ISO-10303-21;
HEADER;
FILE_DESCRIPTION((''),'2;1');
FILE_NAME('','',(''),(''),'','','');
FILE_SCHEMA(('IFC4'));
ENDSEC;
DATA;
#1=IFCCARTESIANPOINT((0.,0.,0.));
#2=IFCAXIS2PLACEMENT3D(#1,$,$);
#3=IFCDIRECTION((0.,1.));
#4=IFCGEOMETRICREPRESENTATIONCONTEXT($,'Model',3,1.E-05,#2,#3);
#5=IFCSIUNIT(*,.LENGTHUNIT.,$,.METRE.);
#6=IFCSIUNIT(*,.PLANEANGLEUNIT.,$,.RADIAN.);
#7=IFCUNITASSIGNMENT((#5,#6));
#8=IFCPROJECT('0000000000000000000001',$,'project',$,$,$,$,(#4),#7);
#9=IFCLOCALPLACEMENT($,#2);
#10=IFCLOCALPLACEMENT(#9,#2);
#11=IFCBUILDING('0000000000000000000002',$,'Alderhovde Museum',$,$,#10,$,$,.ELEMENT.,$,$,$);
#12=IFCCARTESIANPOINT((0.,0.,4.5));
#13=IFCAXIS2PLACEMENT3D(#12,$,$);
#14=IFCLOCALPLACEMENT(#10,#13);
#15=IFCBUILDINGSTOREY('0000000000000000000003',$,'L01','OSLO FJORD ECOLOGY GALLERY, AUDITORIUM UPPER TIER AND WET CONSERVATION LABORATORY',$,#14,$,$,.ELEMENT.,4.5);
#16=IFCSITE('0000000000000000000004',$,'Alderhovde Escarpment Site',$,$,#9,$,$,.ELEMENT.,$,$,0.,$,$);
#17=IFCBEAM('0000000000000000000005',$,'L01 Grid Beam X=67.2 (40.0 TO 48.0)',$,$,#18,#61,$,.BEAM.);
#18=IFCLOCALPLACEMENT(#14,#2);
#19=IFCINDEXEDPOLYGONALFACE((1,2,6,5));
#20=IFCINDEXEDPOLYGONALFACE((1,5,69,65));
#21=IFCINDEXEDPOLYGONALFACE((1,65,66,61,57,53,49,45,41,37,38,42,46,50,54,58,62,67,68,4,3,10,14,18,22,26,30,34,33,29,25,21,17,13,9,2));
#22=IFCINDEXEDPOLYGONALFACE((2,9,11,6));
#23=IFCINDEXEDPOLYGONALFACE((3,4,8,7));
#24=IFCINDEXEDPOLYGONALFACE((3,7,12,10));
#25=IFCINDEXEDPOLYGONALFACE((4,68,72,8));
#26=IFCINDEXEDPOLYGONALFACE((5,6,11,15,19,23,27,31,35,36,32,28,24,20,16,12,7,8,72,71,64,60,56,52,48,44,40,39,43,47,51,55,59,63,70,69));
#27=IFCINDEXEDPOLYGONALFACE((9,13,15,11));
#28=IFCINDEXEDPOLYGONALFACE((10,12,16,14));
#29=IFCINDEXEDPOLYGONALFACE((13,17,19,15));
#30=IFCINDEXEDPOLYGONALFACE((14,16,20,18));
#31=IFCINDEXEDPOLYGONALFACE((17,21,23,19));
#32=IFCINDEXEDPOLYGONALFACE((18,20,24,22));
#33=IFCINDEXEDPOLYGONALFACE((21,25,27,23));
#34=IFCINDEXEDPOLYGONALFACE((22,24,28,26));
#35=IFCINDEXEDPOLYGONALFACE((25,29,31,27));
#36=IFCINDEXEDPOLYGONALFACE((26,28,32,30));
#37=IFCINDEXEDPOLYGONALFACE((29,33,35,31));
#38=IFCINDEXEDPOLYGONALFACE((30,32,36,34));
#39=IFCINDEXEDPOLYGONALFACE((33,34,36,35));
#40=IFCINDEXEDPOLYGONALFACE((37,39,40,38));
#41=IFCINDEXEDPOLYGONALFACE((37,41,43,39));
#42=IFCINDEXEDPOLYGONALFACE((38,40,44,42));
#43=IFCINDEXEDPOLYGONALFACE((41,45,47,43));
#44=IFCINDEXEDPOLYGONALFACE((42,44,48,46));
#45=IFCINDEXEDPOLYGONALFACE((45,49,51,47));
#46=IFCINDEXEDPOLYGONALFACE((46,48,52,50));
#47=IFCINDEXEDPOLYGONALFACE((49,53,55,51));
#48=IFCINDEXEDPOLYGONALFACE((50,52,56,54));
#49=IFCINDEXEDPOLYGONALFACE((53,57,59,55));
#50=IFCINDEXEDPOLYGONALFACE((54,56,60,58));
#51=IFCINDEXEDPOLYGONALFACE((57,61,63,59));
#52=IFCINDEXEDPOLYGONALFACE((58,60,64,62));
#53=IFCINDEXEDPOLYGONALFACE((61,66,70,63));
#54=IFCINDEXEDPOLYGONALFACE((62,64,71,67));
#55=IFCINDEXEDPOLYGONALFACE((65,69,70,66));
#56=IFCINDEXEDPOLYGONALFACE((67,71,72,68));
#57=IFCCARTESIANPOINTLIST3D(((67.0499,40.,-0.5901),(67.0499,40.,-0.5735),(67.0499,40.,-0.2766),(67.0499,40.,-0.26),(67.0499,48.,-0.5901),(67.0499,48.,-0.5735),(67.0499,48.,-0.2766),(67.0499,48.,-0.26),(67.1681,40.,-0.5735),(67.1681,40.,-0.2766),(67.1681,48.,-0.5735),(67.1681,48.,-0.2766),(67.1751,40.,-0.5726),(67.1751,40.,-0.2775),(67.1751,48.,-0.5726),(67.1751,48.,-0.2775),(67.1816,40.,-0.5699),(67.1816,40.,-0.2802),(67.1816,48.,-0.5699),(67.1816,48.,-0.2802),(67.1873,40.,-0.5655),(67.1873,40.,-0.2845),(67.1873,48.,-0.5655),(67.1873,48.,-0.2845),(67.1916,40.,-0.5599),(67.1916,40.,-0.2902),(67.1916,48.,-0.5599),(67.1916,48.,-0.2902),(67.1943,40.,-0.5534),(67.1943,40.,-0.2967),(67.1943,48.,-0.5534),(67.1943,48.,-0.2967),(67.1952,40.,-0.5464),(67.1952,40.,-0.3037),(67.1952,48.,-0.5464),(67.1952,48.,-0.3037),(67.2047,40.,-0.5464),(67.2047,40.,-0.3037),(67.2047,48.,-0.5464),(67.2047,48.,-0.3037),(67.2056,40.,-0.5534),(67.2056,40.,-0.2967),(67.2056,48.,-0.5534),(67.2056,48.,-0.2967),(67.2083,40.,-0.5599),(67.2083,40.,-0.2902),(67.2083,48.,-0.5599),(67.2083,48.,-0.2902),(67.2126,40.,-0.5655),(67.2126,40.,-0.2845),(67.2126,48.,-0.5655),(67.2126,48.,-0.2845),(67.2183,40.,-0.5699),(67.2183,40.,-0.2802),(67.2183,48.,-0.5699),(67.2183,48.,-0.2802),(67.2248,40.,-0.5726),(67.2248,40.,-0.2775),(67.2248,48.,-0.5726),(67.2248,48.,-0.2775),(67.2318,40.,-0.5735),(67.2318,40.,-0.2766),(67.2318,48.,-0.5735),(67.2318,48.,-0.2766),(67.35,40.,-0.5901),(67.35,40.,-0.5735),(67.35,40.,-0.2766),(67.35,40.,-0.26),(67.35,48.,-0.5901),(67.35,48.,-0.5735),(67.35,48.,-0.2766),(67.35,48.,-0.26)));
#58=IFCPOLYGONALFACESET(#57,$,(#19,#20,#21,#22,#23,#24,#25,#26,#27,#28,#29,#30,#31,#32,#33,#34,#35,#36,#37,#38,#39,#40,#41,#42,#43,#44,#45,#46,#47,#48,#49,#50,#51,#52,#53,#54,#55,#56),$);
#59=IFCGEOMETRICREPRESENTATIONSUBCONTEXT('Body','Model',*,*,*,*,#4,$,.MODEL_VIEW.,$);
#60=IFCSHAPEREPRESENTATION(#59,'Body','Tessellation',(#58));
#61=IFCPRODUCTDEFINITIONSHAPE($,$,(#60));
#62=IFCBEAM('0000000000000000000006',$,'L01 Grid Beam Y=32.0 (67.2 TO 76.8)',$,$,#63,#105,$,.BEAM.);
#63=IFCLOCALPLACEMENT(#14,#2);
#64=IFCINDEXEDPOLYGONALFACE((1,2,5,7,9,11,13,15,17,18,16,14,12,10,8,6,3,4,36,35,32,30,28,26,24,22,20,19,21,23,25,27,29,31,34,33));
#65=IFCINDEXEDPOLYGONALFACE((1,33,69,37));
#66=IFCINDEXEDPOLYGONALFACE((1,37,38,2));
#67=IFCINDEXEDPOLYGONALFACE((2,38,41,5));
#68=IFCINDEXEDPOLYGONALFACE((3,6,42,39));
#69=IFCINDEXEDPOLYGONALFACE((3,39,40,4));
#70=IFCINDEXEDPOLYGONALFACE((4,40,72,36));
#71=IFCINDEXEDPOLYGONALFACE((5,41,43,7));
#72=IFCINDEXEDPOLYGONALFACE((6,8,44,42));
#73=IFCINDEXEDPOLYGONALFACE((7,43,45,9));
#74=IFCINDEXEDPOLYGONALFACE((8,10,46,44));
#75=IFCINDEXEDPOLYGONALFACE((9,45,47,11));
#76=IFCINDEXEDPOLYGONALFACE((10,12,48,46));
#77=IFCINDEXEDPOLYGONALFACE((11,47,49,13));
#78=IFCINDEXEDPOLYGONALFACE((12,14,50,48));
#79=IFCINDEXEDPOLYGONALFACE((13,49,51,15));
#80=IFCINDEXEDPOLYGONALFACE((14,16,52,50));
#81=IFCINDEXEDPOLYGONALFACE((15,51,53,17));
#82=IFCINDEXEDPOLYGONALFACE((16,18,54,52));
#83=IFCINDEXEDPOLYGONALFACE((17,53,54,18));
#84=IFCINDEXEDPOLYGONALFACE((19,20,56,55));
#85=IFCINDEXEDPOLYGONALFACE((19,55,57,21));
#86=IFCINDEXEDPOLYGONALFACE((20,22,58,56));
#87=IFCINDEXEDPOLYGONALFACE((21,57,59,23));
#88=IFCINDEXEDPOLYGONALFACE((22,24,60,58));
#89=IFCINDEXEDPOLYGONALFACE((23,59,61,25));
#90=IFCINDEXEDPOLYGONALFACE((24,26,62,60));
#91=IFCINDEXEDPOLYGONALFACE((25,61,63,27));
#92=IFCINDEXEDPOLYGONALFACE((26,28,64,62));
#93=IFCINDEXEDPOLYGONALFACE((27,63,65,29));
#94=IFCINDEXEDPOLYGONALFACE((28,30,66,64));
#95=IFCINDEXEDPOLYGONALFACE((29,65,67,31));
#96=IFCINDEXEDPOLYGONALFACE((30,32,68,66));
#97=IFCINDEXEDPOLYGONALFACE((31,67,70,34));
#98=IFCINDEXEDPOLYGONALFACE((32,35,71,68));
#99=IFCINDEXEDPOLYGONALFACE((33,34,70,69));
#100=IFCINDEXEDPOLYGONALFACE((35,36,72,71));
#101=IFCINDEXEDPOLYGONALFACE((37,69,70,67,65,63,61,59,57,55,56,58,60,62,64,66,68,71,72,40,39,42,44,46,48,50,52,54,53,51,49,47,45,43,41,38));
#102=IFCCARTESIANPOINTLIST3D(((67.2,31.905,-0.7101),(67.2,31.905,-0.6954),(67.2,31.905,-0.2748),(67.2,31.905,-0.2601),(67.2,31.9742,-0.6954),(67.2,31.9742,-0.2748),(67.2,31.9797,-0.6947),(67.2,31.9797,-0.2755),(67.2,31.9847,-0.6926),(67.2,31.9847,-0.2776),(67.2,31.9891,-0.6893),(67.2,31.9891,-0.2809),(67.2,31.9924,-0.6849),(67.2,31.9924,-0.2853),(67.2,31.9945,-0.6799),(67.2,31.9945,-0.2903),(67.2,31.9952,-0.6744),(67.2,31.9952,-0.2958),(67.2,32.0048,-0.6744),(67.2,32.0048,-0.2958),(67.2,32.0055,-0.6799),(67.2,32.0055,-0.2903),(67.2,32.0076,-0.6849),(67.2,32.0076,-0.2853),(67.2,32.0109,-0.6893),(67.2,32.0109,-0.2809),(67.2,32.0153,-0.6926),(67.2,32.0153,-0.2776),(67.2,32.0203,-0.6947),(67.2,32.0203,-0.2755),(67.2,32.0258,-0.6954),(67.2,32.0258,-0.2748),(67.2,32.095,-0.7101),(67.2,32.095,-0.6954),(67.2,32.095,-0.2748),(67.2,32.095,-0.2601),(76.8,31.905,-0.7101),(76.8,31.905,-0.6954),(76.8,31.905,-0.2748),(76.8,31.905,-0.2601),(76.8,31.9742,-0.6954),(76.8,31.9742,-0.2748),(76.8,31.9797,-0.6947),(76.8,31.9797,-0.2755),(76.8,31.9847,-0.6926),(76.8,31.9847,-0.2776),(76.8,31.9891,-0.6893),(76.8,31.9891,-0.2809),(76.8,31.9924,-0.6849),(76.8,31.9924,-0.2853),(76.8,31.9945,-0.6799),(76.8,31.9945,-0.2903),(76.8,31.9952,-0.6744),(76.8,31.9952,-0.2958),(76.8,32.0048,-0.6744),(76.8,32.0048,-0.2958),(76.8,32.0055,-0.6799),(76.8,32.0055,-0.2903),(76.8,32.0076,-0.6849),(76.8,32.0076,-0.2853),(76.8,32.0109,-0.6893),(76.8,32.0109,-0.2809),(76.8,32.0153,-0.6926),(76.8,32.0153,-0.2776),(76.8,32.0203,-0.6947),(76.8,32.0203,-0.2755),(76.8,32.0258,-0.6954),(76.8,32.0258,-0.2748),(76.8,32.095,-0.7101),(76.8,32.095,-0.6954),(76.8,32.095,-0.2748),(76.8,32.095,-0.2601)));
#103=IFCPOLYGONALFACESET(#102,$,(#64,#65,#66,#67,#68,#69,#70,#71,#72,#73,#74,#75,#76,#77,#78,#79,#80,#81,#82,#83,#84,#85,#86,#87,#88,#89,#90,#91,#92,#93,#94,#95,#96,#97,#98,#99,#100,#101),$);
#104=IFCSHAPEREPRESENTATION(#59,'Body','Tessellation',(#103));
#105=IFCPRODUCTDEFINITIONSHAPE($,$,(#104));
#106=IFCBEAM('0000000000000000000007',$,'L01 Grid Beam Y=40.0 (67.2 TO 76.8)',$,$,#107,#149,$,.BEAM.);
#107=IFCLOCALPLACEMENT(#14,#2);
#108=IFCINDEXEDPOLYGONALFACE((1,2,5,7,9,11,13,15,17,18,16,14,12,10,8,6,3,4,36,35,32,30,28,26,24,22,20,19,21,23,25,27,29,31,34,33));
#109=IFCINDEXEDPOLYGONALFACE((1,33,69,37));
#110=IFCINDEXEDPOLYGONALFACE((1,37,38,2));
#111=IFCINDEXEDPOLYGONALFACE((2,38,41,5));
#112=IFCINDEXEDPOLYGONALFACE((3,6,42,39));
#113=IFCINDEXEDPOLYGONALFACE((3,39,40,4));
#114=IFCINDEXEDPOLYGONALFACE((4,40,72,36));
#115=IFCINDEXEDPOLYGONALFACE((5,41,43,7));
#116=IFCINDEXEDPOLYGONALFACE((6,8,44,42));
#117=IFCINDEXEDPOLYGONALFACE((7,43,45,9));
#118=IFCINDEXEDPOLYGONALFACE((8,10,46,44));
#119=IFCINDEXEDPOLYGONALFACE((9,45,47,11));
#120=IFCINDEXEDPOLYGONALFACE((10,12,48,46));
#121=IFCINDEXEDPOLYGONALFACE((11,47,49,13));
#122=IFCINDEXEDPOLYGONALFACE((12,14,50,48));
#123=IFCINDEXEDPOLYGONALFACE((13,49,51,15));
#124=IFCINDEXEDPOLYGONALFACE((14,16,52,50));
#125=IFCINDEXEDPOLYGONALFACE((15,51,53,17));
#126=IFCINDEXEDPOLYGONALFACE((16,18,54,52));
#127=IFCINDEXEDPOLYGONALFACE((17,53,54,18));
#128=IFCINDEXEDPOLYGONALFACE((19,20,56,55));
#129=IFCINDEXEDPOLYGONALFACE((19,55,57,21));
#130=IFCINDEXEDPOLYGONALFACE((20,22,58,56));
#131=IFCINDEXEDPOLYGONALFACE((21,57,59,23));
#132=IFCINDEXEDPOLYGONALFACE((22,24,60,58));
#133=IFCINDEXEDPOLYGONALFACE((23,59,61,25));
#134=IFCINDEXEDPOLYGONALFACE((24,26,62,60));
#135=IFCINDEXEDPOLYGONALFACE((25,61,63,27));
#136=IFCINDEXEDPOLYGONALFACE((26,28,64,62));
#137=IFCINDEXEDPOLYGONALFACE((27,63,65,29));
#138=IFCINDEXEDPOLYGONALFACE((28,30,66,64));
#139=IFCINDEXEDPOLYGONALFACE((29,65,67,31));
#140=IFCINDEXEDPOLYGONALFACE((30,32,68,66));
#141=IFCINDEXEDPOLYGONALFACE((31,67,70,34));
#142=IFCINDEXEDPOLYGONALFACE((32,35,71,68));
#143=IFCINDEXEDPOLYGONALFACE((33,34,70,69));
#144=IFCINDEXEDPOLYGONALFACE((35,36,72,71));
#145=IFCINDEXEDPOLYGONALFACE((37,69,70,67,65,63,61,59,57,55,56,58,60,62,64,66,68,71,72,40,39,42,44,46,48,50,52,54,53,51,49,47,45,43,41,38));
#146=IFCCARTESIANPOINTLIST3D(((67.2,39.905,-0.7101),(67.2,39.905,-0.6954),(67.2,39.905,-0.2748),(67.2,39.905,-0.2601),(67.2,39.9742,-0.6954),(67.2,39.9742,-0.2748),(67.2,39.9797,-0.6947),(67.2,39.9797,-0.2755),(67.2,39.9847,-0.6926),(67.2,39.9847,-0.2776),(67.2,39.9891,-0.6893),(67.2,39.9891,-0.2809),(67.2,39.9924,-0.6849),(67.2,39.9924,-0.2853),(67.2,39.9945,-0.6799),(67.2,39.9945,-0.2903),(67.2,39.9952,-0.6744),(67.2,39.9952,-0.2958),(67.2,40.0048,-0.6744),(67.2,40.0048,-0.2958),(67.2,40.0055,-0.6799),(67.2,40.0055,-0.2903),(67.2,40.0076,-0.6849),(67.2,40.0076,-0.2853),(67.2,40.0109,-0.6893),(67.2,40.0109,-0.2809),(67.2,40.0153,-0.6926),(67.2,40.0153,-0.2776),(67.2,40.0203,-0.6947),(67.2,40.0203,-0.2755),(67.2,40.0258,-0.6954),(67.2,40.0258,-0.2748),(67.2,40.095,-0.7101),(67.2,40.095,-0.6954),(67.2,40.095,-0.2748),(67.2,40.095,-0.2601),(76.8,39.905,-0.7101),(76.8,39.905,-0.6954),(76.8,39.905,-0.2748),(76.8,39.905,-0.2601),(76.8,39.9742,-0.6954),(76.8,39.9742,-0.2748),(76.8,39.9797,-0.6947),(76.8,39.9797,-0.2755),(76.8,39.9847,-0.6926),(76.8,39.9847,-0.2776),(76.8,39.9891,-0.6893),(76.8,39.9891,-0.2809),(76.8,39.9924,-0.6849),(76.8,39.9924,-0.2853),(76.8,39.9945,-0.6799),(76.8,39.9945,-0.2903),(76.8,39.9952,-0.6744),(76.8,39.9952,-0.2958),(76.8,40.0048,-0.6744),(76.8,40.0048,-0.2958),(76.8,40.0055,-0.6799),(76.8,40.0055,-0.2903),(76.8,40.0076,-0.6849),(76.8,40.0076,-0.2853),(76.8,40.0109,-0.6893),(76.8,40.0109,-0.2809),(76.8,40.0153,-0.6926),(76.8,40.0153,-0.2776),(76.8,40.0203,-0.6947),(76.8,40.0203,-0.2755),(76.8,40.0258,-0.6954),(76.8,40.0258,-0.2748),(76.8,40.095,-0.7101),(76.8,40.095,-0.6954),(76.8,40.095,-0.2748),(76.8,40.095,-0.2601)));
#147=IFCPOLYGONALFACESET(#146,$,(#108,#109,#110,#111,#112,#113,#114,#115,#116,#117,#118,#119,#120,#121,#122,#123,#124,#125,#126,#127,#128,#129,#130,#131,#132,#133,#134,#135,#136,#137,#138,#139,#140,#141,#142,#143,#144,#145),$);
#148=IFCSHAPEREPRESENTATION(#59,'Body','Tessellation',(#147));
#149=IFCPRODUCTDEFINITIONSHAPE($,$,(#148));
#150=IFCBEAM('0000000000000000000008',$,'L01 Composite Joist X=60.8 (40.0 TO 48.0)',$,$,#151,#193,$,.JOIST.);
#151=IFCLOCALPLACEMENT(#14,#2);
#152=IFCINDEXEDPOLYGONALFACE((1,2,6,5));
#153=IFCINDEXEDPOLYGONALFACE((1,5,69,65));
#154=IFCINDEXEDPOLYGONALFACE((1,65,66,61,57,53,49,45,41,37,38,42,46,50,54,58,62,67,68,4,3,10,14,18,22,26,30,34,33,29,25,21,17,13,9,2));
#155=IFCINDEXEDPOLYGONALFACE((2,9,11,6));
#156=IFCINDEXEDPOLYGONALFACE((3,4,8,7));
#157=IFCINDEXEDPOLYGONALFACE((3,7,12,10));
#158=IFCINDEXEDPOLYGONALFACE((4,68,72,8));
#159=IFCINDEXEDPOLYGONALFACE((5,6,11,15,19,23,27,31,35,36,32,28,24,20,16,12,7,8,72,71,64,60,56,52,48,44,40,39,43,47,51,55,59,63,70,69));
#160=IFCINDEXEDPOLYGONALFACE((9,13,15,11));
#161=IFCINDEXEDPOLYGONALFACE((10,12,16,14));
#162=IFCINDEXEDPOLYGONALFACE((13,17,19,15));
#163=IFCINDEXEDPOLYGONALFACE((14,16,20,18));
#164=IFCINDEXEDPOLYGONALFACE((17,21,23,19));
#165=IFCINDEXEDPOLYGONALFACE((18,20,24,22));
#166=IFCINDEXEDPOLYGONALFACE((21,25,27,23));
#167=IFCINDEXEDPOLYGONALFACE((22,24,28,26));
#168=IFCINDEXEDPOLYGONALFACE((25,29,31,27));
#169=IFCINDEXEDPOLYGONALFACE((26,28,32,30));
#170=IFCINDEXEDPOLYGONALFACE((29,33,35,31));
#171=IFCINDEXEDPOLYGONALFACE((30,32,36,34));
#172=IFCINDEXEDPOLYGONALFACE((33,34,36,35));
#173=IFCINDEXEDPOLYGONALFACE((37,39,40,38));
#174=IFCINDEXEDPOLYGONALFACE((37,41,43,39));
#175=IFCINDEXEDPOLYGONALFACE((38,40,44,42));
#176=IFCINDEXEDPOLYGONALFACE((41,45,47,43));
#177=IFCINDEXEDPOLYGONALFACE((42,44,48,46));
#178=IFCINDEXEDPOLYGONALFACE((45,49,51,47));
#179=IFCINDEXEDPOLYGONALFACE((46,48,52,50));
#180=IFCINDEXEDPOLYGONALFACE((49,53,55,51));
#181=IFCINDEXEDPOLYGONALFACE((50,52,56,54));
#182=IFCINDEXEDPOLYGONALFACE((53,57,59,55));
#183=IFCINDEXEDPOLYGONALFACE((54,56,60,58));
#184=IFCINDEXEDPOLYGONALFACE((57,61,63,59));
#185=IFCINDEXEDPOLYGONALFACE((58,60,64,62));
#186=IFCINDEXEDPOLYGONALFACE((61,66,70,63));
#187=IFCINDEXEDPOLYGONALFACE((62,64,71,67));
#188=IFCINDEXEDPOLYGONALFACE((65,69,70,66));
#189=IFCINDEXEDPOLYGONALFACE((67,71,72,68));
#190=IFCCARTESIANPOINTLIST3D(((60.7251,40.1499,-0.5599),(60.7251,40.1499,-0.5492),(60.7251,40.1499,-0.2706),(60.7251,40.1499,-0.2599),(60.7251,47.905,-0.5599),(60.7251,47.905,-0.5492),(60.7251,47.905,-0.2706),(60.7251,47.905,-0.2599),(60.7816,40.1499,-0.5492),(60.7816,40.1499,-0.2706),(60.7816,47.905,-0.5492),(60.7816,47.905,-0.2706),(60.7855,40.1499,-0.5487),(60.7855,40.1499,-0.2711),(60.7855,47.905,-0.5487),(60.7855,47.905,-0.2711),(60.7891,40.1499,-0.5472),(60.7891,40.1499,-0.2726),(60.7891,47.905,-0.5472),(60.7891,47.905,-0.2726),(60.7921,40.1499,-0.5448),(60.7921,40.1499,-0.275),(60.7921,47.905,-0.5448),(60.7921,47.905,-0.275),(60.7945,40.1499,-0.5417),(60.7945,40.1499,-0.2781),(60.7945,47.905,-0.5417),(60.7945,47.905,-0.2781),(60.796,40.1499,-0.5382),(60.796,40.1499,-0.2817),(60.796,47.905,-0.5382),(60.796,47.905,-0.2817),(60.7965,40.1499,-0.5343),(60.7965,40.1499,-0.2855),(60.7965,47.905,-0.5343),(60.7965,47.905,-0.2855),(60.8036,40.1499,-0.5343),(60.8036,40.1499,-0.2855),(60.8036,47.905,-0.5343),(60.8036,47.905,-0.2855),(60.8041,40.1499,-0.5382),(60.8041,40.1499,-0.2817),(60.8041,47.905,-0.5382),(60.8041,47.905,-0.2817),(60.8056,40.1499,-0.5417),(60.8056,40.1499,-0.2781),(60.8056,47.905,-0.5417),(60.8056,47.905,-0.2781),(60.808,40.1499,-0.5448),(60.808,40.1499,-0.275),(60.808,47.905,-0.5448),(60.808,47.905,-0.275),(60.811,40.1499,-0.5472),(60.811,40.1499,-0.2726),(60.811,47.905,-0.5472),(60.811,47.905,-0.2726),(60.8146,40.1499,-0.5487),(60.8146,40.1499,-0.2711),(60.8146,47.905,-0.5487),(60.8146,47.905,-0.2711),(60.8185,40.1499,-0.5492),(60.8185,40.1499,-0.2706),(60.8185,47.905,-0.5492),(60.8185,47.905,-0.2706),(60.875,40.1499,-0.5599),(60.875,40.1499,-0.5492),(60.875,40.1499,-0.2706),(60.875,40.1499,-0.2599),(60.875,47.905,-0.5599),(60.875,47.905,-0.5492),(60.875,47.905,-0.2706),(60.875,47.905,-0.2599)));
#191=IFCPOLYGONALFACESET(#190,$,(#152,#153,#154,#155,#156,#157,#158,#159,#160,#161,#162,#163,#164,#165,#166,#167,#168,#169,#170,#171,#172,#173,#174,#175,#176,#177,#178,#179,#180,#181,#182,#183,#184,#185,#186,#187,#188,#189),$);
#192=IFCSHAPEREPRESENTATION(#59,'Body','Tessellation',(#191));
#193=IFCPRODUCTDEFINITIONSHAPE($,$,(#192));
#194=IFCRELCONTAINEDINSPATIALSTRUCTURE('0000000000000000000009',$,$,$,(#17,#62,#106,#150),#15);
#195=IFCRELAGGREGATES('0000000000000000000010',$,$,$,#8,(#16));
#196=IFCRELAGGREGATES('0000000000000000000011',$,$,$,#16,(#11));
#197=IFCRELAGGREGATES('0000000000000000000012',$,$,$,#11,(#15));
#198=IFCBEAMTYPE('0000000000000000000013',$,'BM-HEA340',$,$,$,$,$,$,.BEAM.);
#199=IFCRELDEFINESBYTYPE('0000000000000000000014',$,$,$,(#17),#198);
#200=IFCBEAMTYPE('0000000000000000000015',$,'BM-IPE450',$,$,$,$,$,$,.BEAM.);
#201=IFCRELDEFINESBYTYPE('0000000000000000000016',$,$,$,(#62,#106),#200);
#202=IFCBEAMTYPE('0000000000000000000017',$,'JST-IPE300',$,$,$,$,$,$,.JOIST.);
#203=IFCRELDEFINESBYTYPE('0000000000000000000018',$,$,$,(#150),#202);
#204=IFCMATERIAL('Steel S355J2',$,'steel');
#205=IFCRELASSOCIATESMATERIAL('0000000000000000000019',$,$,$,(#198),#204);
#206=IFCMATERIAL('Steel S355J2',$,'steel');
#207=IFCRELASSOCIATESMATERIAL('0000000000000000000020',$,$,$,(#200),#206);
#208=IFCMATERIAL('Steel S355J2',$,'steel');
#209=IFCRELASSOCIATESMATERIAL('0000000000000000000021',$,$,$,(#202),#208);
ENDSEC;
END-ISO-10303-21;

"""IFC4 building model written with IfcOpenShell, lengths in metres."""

from ifc_helpers import new_model, si_unit, direction, frame, origin, origin_2d, place, context, subcontext, project, spatial, i_section, extrude, material, material_profile, profile_set, type_object, element, save


model = new_model("IFC4")

# Units and contexts
model_context = context("Model", 3, precision=1e-05, world=origin(), true_north=direction((0.0, 1.0)))
body_context = subcontext(model_context, "Body", "Model", "MODEL_VIEW")
ifc_project = project(units=[si_unit("LENGTHUNIT", "METRE"), si_unit("PLANEANGLEUNIT", "RADIAN")], contexts=[model_context])

# Site, building, storey
site_placement = place(None, origin())
site = spatial("IfcSite", under=ifc_project, at=site_placement, Name="Alderhovde Escarpment Site", CompositionType="ELEMENT", RefElevation=0.0)
building_placement = place(site_placement, origin())
building = spatial("IfcBuilding", under=site, at=building_placement, Name="Alderhovde Museum", CompositionType="ELEMENT")
storey_placement = place(building_placement, frame((0.0, 0.0, 4.5)))
storey = spatial("IfcBuildingStorey", under=building, at=storey_placement, Name="L01", Description="OSLO FJORD ECOLOGY GALLERY, AUDITORIUM UPPER TIER AND WET CONSERVATION LABORATORY", CompositionType="ELEMENT", Elevation=4.5)

# Beams
ifc_material_1 = material(Name="Steel S355J2", Category="steel")
ifc_material_profile_1 = material_profile(ifc_material_1, i_section(OverallWidth=0.3, OverallDepth=0.3301, WebThickness=0.0095, FlangeThickness=0.0166, FilletRadius=0.0271, at=origin_2d()), Name="HEA 340")
ifc_profile_set_1 = profile_set([ifc_material_profile_1], Name="Steel S355J2")
beam_type_1 = type_object("IfcBeamType", Name="BM-HEA340", PredefinedType="BEAM", material=ifc_profile_set_1)
for number, where, z_axis, x_axis, name in (
    (1, (67.2, 40.0, -0.425), (0.0, 1.0, 0.0), (-1.0, 0.0, 0.0), "L01 Grid Beam X=67.2 (40.0 TO 48.0)"),
):
    element("IfcBeam", number, at=place(storey_placement, frame(where, z_axis=z_axis, x_axis=x_axis)), inside=storey, type_object=beam_type_1, Name=name, PredefinedType="BEAM", context=body_context, shape_type="SweptSolid", body=[
        extrude(i_section(OverallWidth=0.3, OverallDepth=0.3301, WebThickness=0.0095, FlangeThickness=0.0166, FilletRadius=0.0271, at=origin_2d()), origin(), (0.0, 0.0, 1.0), 8.0),
    ])
ifc_material_2 = material(Name="Steel S355J2", Category="steel")
ifc_material_profile_2 = material_profile(ifc_material_2, i_section(OverallWidth=0.1899, OverallDepth=0.45, WebThickness=0.0095, FlangeThickness=0.0146, FilletRadius=0.021, at=origin_2d()), Name="IPE 450")
ifc_profile_set_2 = profile_set([ifc_material_profile_2], Name="Steel S355J2")
beam_type_2 = type_object("IfcBeamType", Name="BM-IPE450", PredefinedType="BEAM", material=ifc_profile_set_2)
for number, where, z_axis, x_axis, name in (
    (2, (67.2, 32.0, -0.4851), (1.0, 0.0, 0.0), (0.0, 1.0, 0.0), "L01 Grid Beam Y=32.0 (67.2 TO 76.8)"),
    (3, (67.2, 40.0, -0.4851), (1.0, 0.0, 0.0), (0.0, 1.0, 0.0), "L01 Grid Beam Y=40.0 (67.2 TO 76.8)"),
):
    element("IfcBeam", number, at=place(storey_placement, frame(where, z_axis=z_axis, x_axis=x_axis)), inside=storey, type_object=beam_type_2, Name=name, PredefinedType="BEAM", context=body_context, shape_type="SweptSolid", body=[
        extrude(i_section(OverallWidth=0.1899, OverallDepth=0.45, WebThickness=0.0095, FlangeThickness=0.0146, FilletRadius=0.021, at=origin_2d()), origin(), (0.0, 0.0, 1.0), 9.6001),
    ])
ifc_material_3 = material(Name="Steel S355J2", Category="steel")
ifc_material_profile_3 = material_profile(ifc_material_3, i_section(OverallWidth=0.1499, OverallDepth=0.3, WebThickness=0.0071, FlangeThickness=0.0107, FilletRadius=0.0149, at=origin_2d()), Name="IPE 300")
ifc_profile_set_3 = profile_set([ifc_material_profile_3], Name="Steel S355J2")
beam_type_3 = type_object("IfcBeamType", Name="JST-IPE300", PredefinedType="JOIST", material=ifc_profile_set_3)
for number, where, z_axis, x_axis, name in (
    (4, (60.8, 40.1499, -0.4099), (0.0, 1.0, 0.0), (-1.0, 0.0, 0.0), "L01 Composite Joist X=60.8 (40.0 TO 48.0)"),
):
    element("IfcBeam", number, at=place(storey_placement, frame(where, z_axis=z_axis, x_axis=x_axis)), inside=storey, type_object=beam_type_3, Name=name, PredefinedType="JOIST", context=body_context, shape_type="SweptSolid", body=[
        extrude(i_section(OverallWidth=0.1499, OverallDepth=0.3, WebThickness=0.0071, FlangeThickness=0.0107, FilletRadius=0.0149, at=origin_2d()), origin(), (0.0, 0.0, 1.0), 7.7551),
    ])

save(model, "model.ifc")
